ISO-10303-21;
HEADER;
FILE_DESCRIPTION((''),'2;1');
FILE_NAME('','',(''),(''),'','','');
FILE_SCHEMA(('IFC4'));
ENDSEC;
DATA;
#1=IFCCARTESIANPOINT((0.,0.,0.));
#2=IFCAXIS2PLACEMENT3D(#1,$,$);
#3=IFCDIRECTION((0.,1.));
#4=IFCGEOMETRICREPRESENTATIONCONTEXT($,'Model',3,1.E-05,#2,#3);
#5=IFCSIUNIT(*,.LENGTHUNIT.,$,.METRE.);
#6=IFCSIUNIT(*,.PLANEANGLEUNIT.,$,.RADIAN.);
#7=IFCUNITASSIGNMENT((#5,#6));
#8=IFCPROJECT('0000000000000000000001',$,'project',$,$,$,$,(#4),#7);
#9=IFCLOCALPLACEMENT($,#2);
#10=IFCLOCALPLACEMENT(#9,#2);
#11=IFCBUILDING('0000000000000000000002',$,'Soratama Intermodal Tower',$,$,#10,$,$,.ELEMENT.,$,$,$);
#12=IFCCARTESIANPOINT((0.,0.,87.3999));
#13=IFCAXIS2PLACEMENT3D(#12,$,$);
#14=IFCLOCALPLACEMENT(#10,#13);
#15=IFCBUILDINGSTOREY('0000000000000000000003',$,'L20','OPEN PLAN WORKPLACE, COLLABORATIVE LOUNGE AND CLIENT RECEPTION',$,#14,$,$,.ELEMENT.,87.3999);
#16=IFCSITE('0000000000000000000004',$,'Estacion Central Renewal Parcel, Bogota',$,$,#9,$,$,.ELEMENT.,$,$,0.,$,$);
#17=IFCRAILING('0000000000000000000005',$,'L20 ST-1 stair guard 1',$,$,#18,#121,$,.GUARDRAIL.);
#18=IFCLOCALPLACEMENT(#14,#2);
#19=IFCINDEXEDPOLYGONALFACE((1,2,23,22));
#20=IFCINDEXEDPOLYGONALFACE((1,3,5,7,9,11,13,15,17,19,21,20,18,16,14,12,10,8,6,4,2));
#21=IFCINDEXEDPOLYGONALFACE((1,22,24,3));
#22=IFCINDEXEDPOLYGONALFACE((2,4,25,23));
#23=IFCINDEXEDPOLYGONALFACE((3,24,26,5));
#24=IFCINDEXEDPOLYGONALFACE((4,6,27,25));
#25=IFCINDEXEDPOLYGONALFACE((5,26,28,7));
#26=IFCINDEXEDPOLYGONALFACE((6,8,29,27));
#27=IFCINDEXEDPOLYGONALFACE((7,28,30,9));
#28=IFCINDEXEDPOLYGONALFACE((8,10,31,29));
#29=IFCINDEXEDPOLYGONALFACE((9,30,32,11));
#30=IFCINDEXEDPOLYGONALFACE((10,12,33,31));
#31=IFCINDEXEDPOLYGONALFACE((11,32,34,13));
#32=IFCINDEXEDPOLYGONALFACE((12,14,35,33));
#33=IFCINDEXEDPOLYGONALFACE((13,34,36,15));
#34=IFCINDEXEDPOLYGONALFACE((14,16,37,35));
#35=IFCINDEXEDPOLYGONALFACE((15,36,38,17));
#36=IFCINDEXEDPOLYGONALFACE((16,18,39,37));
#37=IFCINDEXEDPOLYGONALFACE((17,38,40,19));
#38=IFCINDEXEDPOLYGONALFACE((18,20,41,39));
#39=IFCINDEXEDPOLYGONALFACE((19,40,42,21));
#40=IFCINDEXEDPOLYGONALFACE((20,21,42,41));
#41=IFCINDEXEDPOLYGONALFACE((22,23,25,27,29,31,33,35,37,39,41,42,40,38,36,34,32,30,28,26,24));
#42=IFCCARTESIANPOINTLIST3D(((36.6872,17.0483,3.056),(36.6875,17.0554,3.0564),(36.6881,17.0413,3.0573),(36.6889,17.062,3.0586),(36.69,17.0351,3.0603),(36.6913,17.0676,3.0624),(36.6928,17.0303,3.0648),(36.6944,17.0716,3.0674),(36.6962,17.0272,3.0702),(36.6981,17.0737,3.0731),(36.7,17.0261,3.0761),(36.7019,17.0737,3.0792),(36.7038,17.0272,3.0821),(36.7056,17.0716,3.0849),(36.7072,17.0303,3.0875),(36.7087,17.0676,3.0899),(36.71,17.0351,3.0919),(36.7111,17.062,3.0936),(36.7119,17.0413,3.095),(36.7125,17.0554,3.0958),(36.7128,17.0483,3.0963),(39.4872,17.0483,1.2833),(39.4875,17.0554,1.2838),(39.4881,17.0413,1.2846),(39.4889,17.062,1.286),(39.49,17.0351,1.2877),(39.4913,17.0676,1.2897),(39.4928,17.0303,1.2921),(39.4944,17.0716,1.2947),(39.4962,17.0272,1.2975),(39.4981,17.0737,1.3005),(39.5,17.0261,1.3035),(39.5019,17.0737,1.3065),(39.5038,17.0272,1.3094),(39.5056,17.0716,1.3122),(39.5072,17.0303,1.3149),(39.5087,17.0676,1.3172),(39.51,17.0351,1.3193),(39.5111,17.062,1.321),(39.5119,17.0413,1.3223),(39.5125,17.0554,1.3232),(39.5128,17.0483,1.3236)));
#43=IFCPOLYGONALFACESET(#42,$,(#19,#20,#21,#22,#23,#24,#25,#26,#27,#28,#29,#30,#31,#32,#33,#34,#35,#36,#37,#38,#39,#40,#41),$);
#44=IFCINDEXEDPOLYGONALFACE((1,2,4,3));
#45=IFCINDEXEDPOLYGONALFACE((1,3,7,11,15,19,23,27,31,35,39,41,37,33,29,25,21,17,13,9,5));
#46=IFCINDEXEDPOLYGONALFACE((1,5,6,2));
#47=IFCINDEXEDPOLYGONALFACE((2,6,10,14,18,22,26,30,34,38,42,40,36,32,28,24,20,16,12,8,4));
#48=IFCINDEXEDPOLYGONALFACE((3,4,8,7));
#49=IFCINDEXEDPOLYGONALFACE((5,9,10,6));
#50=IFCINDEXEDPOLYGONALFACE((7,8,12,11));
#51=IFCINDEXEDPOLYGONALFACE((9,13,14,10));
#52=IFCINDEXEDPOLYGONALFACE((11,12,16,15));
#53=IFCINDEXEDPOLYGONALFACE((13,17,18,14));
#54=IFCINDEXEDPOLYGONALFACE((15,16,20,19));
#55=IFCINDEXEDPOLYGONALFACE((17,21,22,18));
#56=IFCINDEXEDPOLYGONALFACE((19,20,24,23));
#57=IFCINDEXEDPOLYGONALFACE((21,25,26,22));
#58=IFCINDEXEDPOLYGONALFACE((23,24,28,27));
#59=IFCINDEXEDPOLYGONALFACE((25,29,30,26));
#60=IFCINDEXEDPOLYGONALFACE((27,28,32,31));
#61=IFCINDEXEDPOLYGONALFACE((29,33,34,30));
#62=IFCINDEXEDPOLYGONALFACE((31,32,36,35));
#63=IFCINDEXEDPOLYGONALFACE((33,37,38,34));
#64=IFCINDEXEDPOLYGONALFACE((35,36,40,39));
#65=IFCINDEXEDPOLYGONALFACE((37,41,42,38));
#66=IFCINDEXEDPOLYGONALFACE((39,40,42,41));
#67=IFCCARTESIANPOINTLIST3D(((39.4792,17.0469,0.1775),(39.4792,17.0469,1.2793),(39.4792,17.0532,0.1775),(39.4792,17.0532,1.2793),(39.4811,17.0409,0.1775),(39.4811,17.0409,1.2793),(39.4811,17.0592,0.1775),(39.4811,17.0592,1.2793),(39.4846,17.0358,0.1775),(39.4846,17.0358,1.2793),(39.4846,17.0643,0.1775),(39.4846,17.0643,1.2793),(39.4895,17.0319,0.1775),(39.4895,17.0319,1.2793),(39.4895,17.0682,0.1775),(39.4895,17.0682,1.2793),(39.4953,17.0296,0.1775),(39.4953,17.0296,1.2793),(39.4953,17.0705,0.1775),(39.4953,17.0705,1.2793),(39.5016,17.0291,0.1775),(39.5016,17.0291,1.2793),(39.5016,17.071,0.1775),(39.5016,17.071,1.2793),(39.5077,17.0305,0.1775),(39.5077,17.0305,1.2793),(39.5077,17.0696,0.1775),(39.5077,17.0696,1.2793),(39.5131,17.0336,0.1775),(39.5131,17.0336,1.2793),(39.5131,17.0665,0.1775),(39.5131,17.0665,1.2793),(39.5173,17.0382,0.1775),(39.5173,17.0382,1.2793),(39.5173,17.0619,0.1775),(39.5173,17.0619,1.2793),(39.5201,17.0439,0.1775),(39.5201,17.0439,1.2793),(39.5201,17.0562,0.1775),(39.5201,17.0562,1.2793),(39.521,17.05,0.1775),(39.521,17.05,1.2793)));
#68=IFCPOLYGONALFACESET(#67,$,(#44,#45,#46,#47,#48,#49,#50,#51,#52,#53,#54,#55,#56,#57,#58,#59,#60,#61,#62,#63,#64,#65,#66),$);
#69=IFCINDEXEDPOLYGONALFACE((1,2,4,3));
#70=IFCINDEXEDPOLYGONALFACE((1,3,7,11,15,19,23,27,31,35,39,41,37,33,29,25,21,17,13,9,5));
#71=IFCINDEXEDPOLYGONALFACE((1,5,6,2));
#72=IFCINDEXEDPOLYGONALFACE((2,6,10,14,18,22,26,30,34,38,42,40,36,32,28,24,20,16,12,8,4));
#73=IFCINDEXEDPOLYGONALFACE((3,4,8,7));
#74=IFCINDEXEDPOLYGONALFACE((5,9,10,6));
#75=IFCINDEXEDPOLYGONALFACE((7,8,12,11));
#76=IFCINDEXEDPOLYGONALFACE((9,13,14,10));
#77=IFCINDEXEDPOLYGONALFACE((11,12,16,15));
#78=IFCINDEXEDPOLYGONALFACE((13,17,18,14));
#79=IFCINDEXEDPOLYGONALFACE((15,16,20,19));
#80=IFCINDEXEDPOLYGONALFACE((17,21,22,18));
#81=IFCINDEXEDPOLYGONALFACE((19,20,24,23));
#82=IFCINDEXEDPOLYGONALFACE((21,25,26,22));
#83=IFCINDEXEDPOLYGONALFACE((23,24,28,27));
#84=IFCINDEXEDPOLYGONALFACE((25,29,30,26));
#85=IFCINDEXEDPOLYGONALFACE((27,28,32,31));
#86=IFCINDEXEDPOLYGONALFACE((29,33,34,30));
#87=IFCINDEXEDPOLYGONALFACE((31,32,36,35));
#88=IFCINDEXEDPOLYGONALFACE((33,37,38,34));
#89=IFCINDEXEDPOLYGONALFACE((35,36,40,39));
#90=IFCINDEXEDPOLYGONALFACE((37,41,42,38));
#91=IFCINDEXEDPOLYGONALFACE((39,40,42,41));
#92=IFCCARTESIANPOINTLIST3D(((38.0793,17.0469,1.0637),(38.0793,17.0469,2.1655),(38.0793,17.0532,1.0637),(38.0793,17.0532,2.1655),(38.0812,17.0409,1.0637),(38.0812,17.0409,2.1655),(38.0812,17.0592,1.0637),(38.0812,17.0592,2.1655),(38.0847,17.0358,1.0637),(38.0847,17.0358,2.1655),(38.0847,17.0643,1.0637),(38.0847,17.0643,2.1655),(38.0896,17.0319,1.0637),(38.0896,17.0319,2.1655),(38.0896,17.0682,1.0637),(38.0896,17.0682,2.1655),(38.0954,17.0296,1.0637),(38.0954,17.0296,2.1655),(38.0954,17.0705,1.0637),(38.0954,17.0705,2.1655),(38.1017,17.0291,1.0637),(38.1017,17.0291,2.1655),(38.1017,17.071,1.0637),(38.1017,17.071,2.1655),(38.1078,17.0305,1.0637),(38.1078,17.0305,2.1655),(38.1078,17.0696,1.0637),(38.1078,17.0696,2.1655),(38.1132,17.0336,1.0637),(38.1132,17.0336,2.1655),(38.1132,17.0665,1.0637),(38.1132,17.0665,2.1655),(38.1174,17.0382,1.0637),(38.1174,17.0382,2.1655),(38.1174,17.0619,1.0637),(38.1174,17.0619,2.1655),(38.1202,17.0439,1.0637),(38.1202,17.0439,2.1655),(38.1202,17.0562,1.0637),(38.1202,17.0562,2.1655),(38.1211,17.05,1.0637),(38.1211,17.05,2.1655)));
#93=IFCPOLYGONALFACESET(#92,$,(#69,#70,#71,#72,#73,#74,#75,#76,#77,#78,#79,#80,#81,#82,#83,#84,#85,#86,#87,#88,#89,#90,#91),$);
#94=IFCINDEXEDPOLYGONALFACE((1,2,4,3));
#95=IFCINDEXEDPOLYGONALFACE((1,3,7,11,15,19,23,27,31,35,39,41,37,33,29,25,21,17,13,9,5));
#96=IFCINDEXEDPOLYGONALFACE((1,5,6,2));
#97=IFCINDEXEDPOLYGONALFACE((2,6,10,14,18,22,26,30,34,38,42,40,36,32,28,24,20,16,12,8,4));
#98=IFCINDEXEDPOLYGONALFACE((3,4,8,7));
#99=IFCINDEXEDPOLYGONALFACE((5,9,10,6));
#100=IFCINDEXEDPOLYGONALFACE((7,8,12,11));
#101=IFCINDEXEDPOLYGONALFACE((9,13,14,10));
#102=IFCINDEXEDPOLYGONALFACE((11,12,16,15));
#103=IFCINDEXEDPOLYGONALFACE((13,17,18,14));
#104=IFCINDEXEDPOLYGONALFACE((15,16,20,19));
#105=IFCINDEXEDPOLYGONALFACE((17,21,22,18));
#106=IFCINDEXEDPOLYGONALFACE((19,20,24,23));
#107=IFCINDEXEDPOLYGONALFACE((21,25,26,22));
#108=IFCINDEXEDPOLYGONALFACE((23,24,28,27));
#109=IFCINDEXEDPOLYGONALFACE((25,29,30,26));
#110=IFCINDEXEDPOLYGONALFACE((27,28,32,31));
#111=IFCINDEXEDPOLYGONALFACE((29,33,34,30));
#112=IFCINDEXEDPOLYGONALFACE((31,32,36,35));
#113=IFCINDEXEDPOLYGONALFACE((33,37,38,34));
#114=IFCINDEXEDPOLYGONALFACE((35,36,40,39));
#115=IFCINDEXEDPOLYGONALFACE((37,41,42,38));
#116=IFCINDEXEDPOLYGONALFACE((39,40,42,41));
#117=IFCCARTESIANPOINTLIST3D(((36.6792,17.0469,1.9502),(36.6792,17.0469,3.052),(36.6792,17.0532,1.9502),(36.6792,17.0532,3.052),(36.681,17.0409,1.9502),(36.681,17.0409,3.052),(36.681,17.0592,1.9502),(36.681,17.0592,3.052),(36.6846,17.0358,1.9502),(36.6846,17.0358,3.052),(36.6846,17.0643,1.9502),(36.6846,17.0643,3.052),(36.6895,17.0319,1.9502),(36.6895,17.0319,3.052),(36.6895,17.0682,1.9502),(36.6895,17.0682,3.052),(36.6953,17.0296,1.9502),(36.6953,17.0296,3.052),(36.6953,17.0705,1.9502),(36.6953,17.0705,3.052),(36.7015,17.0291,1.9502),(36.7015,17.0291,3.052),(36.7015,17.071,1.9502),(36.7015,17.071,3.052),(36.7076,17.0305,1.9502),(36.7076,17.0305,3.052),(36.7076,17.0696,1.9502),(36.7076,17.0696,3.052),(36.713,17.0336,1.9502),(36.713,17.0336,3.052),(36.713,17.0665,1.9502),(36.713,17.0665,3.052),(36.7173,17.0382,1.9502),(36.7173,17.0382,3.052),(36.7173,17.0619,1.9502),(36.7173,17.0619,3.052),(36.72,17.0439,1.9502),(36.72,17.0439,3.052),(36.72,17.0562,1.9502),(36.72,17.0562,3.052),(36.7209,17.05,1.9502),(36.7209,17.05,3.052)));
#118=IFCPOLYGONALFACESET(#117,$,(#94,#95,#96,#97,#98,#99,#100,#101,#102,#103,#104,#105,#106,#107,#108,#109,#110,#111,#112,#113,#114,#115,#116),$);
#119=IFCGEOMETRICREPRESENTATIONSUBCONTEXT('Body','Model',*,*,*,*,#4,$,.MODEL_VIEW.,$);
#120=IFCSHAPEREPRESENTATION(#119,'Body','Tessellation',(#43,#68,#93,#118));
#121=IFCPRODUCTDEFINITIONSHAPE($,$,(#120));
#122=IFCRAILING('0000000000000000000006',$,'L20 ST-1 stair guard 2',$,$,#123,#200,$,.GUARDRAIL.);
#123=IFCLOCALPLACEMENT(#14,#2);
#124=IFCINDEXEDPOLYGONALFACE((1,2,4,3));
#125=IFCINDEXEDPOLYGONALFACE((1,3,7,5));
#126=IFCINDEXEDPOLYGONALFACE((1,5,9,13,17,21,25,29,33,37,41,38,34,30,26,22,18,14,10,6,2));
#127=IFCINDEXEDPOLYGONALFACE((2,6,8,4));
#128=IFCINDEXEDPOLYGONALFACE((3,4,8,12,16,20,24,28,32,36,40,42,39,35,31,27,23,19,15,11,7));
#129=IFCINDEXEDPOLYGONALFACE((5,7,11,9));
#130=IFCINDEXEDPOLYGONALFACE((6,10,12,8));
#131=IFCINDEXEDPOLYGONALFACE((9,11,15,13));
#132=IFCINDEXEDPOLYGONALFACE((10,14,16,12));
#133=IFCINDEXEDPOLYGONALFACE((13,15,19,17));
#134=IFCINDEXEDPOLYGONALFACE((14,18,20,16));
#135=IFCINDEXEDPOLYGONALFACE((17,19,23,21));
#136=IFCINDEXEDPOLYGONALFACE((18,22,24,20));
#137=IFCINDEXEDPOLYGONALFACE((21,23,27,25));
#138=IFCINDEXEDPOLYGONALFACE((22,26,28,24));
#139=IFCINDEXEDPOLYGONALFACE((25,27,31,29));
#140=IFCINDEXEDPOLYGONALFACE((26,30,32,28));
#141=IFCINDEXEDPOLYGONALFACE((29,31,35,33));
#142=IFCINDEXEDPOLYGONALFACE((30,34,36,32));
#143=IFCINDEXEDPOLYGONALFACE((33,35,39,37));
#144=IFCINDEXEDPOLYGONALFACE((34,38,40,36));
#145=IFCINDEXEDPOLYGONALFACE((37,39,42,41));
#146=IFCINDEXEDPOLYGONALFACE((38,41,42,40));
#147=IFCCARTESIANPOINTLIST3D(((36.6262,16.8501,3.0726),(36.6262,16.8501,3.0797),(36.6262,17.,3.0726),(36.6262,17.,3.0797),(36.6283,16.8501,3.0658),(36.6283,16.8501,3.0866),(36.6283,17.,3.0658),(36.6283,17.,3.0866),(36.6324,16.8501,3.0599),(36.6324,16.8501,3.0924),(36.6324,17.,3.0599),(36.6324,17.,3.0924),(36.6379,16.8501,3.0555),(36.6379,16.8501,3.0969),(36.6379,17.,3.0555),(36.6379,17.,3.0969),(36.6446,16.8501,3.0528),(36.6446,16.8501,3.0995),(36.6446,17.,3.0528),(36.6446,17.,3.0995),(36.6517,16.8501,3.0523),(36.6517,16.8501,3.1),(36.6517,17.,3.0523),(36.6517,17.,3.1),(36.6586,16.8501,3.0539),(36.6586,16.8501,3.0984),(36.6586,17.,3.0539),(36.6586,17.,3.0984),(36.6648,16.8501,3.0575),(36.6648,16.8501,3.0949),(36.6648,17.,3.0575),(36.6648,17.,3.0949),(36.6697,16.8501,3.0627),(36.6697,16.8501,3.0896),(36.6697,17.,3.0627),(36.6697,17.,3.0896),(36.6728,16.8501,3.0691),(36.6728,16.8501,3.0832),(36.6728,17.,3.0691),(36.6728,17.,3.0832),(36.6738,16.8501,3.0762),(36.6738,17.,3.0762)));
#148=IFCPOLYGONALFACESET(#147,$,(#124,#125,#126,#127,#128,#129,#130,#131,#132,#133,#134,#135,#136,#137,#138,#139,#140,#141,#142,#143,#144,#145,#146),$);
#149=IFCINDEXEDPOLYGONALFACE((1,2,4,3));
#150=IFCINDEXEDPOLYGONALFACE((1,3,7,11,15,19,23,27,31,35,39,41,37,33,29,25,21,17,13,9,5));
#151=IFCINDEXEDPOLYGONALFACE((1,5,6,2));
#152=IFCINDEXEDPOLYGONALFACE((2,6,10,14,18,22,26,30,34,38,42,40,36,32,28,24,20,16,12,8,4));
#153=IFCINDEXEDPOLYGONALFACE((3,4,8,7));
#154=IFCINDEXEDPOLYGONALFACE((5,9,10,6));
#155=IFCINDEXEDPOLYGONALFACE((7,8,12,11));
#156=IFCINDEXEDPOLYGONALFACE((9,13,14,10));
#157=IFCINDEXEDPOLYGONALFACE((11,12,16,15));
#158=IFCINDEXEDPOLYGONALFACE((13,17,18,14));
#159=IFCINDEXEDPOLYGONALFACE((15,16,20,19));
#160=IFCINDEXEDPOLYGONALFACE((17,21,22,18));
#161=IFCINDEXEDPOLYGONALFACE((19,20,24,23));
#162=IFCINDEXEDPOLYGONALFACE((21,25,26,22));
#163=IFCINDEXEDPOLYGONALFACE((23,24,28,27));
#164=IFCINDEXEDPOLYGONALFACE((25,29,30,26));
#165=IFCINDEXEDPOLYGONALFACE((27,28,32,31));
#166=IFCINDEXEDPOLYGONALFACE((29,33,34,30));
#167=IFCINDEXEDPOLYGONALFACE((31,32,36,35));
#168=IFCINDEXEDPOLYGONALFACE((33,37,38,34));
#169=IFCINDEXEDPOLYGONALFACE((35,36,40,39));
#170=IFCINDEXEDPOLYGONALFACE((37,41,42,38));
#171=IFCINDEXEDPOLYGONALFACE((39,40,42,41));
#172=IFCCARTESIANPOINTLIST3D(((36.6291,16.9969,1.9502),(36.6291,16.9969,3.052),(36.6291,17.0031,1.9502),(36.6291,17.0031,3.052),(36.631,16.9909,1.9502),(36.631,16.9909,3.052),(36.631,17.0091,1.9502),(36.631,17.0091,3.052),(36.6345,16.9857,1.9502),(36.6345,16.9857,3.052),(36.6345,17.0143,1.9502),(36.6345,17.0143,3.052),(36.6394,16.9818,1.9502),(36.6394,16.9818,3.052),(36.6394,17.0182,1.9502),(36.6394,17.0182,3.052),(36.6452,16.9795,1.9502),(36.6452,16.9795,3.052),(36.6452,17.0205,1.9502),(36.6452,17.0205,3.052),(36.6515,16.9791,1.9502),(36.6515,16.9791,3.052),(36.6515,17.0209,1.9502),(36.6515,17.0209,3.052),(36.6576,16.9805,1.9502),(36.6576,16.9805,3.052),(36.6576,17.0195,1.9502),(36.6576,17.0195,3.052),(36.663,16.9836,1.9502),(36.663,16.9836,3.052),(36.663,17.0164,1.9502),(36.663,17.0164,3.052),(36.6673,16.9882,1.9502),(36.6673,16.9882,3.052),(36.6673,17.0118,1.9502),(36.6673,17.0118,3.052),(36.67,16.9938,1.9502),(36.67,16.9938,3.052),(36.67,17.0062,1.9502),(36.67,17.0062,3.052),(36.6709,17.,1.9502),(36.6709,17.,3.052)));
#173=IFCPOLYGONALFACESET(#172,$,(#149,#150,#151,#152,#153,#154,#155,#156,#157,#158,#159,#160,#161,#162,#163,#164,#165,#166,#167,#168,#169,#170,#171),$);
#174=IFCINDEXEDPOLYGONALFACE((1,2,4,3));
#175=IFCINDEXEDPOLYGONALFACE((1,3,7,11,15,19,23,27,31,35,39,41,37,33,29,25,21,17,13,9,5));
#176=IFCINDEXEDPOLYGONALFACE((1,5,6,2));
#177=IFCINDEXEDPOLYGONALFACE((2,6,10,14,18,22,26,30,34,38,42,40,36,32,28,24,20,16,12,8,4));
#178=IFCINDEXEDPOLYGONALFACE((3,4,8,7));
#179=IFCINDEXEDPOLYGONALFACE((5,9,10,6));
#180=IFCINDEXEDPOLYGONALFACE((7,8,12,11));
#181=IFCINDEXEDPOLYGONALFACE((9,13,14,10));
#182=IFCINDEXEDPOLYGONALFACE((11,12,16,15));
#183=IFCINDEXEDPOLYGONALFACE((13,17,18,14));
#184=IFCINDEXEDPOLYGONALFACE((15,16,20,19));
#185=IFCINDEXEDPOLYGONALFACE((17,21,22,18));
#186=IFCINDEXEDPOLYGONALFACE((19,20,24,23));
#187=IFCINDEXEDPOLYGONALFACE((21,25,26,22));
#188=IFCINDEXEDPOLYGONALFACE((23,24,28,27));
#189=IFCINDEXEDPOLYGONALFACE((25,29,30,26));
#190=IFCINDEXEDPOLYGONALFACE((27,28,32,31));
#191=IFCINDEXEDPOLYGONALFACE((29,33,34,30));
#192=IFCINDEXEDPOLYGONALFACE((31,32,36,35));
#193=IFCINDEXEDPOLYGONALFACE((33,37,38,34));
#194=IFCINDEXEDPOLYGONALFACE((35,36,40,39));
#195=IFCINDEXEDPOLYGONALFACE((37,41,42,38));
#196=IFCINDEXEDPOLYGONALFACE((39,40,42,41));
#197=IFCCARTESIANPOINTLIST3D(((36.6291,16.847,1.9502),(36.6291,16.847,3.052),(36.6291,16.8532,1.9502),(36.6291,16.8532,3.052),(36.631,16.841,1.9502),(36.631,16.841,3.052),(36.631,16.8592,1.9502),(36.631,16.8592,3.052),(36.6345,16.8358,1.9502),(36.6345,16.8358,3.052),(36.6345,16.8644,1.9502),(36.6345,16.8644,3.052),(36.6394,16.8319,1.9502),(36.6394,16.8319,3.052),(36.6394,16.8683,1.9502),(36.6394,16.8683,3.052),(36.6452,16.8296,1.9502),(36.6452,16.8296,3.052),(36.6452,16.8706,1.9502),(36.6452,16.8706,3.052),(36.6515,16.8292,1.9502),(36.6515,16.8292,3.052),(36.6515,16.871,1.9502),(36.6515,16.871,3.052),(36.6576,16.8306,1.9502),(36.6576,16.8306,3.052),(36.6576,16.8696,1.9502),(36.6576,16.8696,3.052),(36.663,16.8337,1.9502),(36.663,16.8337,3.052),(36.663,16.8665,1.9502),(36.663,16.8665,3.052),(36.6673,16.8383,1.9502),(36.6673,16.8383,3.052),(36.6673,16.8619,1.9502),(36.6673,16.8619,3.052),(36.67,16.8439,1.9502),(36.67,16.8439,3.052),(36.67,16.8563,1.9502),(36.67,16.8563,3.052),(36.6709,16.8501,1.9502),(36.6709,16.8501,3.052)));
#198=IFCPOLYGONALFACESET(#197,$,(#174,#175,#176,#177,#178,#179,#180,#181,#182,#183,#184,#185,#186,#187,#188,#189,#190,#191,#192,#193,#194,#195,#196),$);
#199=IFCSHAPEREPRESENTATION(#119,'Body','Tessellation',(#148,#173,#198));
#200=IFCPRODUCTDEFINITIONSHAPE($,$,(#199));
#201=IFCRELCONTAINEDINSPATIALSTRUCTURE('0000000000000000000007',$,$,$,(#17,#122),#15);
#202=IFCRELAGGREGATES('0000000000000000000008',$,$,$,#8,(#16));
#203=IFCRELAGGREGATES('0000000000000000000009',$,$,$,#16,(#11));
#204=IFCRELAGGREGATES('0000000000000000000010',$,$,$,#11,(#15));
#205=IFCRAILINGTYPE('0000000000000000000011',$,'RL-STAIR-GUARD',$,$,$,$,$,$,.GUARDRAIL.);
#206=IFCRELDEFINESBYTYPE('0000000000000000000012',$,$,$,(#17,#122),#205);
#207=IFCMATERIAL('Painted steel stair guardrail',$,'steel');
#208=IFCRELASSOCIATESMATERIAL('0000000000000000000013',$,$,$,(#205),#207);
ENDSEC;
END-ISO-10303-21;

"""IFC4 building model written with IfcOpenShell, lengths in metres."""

from ifc_helpers import new_model, si_unit, direction, frame, origin, origin_2d, place, context, subcontext, project, spatial, circle, extrude, material, type_object, element, save


model = new_model("IFC4")

# Units and contexts
model_context = context("Model", 3, precision=1e-05, world=origin(), true_north=direction((0.0, 1.0)))
body_context = subcontext(model_context, "Body", "Model", "MODEL_VIEW")
ifc_project = project(units=[si_unit("LENGTHUNIT", "METRE"), si_unit("PLANEANGLEUNIT", "RADIAN")], contexts=[model_context])

# Site, building, storey
site_placement = place(None, origin())
site = spatial("IfcSite", under=ifc_project, at=site_placement, Name="Estacion Central Renewal Parcel, Bogota", CompositionType="ELEMENT", RefElevation=0.0)
building_placement = place(site_placement, origin())
building = spatial("IfcBuilding", under=site, at=building_placement, Name="Soratama Intermodal Tower", CompositionType="ELEMENT")
storey_placement = place(building_placement, frame((0.0, 0.0, 87.3999)))
storey = spatial("IfcBuildingStorey", under=building, at=storey_placement, Name="L20", Description="OPEN PLAN WORKPLACE, COLLABORATIVE LOUNGE AND CLIENT RECEPTION", CompositionType="ELEMENT", Elevation=87.3999)

# Railings
ifc_material_1 = material(Name="Painted steel stair guardrail", Category="steel")
railing_type_1 = type_object("IfcRailingType", Name="RL-STAIR-GUARD", PredefinedType="GUARDRAIL", material=ifc_material_1)
railing_1_placement = place(storey_placement, frame((39.5, 17.05, 0.1775)))
element("IfcRailing", 1, at=railing_1_placement, inside=storey, type_object=railing_type_1, Name="L20 ST-1 stair guard 1", PredefinedType="GUARDRAIL", context=body_context, shape_type="SweptSolid", body=[
    extrude(circle(Radius=0.0239, at=origin_2d()), frame((0.0, 0.0, 1.126), z_axis=(-0.844909, 0.0, 0.53491), x_axis=(0.0, -1.0, 0.0)), (0.0, 0.0, 1.0), 3.314),
    extrude(circle(Radius=0.021, at=origin_2d()), origin(), (0.0, 0.0, 1.0), 1.1018),
    extrude(circle(Radius=0.021, at=origin_2d()), frame((-1.3999, 0.0, 0.8862)), (0.0, 0.0, 1.0), 1.1018),
    extrude(circle(Radius=0.021, at=origin_2d()), frame((-2.8, 0.0, 1.7727)), (0.0, 0.0, 1.0), 1.1018),
])
railing_2_placement = place(storey_placement, frame((36.6499, 17.0, 1.9502)))
element("IfcRailing", 2, at=railing_2_placement, inside=storey, type_object=railing_type_1, Name="L20 ST-1 stair guard 2", PredefinedType="GUARDRAIL", context=body_context, shape_type="SweptSolid", body=[
    extrude(circle(Radius=0.0239, at=origin_2d()), frame((0.0, 0.0, 1.126), z_axis=(0.0, -1.0, 0.0), x_axis=(1.0, 0.0, 0.0)), (0.0, 0.0, 1.0), 0.1499),
    extrude(circle(Radius=0.021, at=origin_2d()), origin(), (0.0, 0.0, 1.0), 1.1018),
    extrude(circle(Radius=0.021, at=origin_2d()), frame((0.0, -0.1499, 0.0)), (0.0, 0.0, 1.0), 1.1018),
])

save(model, "model.ifc")
